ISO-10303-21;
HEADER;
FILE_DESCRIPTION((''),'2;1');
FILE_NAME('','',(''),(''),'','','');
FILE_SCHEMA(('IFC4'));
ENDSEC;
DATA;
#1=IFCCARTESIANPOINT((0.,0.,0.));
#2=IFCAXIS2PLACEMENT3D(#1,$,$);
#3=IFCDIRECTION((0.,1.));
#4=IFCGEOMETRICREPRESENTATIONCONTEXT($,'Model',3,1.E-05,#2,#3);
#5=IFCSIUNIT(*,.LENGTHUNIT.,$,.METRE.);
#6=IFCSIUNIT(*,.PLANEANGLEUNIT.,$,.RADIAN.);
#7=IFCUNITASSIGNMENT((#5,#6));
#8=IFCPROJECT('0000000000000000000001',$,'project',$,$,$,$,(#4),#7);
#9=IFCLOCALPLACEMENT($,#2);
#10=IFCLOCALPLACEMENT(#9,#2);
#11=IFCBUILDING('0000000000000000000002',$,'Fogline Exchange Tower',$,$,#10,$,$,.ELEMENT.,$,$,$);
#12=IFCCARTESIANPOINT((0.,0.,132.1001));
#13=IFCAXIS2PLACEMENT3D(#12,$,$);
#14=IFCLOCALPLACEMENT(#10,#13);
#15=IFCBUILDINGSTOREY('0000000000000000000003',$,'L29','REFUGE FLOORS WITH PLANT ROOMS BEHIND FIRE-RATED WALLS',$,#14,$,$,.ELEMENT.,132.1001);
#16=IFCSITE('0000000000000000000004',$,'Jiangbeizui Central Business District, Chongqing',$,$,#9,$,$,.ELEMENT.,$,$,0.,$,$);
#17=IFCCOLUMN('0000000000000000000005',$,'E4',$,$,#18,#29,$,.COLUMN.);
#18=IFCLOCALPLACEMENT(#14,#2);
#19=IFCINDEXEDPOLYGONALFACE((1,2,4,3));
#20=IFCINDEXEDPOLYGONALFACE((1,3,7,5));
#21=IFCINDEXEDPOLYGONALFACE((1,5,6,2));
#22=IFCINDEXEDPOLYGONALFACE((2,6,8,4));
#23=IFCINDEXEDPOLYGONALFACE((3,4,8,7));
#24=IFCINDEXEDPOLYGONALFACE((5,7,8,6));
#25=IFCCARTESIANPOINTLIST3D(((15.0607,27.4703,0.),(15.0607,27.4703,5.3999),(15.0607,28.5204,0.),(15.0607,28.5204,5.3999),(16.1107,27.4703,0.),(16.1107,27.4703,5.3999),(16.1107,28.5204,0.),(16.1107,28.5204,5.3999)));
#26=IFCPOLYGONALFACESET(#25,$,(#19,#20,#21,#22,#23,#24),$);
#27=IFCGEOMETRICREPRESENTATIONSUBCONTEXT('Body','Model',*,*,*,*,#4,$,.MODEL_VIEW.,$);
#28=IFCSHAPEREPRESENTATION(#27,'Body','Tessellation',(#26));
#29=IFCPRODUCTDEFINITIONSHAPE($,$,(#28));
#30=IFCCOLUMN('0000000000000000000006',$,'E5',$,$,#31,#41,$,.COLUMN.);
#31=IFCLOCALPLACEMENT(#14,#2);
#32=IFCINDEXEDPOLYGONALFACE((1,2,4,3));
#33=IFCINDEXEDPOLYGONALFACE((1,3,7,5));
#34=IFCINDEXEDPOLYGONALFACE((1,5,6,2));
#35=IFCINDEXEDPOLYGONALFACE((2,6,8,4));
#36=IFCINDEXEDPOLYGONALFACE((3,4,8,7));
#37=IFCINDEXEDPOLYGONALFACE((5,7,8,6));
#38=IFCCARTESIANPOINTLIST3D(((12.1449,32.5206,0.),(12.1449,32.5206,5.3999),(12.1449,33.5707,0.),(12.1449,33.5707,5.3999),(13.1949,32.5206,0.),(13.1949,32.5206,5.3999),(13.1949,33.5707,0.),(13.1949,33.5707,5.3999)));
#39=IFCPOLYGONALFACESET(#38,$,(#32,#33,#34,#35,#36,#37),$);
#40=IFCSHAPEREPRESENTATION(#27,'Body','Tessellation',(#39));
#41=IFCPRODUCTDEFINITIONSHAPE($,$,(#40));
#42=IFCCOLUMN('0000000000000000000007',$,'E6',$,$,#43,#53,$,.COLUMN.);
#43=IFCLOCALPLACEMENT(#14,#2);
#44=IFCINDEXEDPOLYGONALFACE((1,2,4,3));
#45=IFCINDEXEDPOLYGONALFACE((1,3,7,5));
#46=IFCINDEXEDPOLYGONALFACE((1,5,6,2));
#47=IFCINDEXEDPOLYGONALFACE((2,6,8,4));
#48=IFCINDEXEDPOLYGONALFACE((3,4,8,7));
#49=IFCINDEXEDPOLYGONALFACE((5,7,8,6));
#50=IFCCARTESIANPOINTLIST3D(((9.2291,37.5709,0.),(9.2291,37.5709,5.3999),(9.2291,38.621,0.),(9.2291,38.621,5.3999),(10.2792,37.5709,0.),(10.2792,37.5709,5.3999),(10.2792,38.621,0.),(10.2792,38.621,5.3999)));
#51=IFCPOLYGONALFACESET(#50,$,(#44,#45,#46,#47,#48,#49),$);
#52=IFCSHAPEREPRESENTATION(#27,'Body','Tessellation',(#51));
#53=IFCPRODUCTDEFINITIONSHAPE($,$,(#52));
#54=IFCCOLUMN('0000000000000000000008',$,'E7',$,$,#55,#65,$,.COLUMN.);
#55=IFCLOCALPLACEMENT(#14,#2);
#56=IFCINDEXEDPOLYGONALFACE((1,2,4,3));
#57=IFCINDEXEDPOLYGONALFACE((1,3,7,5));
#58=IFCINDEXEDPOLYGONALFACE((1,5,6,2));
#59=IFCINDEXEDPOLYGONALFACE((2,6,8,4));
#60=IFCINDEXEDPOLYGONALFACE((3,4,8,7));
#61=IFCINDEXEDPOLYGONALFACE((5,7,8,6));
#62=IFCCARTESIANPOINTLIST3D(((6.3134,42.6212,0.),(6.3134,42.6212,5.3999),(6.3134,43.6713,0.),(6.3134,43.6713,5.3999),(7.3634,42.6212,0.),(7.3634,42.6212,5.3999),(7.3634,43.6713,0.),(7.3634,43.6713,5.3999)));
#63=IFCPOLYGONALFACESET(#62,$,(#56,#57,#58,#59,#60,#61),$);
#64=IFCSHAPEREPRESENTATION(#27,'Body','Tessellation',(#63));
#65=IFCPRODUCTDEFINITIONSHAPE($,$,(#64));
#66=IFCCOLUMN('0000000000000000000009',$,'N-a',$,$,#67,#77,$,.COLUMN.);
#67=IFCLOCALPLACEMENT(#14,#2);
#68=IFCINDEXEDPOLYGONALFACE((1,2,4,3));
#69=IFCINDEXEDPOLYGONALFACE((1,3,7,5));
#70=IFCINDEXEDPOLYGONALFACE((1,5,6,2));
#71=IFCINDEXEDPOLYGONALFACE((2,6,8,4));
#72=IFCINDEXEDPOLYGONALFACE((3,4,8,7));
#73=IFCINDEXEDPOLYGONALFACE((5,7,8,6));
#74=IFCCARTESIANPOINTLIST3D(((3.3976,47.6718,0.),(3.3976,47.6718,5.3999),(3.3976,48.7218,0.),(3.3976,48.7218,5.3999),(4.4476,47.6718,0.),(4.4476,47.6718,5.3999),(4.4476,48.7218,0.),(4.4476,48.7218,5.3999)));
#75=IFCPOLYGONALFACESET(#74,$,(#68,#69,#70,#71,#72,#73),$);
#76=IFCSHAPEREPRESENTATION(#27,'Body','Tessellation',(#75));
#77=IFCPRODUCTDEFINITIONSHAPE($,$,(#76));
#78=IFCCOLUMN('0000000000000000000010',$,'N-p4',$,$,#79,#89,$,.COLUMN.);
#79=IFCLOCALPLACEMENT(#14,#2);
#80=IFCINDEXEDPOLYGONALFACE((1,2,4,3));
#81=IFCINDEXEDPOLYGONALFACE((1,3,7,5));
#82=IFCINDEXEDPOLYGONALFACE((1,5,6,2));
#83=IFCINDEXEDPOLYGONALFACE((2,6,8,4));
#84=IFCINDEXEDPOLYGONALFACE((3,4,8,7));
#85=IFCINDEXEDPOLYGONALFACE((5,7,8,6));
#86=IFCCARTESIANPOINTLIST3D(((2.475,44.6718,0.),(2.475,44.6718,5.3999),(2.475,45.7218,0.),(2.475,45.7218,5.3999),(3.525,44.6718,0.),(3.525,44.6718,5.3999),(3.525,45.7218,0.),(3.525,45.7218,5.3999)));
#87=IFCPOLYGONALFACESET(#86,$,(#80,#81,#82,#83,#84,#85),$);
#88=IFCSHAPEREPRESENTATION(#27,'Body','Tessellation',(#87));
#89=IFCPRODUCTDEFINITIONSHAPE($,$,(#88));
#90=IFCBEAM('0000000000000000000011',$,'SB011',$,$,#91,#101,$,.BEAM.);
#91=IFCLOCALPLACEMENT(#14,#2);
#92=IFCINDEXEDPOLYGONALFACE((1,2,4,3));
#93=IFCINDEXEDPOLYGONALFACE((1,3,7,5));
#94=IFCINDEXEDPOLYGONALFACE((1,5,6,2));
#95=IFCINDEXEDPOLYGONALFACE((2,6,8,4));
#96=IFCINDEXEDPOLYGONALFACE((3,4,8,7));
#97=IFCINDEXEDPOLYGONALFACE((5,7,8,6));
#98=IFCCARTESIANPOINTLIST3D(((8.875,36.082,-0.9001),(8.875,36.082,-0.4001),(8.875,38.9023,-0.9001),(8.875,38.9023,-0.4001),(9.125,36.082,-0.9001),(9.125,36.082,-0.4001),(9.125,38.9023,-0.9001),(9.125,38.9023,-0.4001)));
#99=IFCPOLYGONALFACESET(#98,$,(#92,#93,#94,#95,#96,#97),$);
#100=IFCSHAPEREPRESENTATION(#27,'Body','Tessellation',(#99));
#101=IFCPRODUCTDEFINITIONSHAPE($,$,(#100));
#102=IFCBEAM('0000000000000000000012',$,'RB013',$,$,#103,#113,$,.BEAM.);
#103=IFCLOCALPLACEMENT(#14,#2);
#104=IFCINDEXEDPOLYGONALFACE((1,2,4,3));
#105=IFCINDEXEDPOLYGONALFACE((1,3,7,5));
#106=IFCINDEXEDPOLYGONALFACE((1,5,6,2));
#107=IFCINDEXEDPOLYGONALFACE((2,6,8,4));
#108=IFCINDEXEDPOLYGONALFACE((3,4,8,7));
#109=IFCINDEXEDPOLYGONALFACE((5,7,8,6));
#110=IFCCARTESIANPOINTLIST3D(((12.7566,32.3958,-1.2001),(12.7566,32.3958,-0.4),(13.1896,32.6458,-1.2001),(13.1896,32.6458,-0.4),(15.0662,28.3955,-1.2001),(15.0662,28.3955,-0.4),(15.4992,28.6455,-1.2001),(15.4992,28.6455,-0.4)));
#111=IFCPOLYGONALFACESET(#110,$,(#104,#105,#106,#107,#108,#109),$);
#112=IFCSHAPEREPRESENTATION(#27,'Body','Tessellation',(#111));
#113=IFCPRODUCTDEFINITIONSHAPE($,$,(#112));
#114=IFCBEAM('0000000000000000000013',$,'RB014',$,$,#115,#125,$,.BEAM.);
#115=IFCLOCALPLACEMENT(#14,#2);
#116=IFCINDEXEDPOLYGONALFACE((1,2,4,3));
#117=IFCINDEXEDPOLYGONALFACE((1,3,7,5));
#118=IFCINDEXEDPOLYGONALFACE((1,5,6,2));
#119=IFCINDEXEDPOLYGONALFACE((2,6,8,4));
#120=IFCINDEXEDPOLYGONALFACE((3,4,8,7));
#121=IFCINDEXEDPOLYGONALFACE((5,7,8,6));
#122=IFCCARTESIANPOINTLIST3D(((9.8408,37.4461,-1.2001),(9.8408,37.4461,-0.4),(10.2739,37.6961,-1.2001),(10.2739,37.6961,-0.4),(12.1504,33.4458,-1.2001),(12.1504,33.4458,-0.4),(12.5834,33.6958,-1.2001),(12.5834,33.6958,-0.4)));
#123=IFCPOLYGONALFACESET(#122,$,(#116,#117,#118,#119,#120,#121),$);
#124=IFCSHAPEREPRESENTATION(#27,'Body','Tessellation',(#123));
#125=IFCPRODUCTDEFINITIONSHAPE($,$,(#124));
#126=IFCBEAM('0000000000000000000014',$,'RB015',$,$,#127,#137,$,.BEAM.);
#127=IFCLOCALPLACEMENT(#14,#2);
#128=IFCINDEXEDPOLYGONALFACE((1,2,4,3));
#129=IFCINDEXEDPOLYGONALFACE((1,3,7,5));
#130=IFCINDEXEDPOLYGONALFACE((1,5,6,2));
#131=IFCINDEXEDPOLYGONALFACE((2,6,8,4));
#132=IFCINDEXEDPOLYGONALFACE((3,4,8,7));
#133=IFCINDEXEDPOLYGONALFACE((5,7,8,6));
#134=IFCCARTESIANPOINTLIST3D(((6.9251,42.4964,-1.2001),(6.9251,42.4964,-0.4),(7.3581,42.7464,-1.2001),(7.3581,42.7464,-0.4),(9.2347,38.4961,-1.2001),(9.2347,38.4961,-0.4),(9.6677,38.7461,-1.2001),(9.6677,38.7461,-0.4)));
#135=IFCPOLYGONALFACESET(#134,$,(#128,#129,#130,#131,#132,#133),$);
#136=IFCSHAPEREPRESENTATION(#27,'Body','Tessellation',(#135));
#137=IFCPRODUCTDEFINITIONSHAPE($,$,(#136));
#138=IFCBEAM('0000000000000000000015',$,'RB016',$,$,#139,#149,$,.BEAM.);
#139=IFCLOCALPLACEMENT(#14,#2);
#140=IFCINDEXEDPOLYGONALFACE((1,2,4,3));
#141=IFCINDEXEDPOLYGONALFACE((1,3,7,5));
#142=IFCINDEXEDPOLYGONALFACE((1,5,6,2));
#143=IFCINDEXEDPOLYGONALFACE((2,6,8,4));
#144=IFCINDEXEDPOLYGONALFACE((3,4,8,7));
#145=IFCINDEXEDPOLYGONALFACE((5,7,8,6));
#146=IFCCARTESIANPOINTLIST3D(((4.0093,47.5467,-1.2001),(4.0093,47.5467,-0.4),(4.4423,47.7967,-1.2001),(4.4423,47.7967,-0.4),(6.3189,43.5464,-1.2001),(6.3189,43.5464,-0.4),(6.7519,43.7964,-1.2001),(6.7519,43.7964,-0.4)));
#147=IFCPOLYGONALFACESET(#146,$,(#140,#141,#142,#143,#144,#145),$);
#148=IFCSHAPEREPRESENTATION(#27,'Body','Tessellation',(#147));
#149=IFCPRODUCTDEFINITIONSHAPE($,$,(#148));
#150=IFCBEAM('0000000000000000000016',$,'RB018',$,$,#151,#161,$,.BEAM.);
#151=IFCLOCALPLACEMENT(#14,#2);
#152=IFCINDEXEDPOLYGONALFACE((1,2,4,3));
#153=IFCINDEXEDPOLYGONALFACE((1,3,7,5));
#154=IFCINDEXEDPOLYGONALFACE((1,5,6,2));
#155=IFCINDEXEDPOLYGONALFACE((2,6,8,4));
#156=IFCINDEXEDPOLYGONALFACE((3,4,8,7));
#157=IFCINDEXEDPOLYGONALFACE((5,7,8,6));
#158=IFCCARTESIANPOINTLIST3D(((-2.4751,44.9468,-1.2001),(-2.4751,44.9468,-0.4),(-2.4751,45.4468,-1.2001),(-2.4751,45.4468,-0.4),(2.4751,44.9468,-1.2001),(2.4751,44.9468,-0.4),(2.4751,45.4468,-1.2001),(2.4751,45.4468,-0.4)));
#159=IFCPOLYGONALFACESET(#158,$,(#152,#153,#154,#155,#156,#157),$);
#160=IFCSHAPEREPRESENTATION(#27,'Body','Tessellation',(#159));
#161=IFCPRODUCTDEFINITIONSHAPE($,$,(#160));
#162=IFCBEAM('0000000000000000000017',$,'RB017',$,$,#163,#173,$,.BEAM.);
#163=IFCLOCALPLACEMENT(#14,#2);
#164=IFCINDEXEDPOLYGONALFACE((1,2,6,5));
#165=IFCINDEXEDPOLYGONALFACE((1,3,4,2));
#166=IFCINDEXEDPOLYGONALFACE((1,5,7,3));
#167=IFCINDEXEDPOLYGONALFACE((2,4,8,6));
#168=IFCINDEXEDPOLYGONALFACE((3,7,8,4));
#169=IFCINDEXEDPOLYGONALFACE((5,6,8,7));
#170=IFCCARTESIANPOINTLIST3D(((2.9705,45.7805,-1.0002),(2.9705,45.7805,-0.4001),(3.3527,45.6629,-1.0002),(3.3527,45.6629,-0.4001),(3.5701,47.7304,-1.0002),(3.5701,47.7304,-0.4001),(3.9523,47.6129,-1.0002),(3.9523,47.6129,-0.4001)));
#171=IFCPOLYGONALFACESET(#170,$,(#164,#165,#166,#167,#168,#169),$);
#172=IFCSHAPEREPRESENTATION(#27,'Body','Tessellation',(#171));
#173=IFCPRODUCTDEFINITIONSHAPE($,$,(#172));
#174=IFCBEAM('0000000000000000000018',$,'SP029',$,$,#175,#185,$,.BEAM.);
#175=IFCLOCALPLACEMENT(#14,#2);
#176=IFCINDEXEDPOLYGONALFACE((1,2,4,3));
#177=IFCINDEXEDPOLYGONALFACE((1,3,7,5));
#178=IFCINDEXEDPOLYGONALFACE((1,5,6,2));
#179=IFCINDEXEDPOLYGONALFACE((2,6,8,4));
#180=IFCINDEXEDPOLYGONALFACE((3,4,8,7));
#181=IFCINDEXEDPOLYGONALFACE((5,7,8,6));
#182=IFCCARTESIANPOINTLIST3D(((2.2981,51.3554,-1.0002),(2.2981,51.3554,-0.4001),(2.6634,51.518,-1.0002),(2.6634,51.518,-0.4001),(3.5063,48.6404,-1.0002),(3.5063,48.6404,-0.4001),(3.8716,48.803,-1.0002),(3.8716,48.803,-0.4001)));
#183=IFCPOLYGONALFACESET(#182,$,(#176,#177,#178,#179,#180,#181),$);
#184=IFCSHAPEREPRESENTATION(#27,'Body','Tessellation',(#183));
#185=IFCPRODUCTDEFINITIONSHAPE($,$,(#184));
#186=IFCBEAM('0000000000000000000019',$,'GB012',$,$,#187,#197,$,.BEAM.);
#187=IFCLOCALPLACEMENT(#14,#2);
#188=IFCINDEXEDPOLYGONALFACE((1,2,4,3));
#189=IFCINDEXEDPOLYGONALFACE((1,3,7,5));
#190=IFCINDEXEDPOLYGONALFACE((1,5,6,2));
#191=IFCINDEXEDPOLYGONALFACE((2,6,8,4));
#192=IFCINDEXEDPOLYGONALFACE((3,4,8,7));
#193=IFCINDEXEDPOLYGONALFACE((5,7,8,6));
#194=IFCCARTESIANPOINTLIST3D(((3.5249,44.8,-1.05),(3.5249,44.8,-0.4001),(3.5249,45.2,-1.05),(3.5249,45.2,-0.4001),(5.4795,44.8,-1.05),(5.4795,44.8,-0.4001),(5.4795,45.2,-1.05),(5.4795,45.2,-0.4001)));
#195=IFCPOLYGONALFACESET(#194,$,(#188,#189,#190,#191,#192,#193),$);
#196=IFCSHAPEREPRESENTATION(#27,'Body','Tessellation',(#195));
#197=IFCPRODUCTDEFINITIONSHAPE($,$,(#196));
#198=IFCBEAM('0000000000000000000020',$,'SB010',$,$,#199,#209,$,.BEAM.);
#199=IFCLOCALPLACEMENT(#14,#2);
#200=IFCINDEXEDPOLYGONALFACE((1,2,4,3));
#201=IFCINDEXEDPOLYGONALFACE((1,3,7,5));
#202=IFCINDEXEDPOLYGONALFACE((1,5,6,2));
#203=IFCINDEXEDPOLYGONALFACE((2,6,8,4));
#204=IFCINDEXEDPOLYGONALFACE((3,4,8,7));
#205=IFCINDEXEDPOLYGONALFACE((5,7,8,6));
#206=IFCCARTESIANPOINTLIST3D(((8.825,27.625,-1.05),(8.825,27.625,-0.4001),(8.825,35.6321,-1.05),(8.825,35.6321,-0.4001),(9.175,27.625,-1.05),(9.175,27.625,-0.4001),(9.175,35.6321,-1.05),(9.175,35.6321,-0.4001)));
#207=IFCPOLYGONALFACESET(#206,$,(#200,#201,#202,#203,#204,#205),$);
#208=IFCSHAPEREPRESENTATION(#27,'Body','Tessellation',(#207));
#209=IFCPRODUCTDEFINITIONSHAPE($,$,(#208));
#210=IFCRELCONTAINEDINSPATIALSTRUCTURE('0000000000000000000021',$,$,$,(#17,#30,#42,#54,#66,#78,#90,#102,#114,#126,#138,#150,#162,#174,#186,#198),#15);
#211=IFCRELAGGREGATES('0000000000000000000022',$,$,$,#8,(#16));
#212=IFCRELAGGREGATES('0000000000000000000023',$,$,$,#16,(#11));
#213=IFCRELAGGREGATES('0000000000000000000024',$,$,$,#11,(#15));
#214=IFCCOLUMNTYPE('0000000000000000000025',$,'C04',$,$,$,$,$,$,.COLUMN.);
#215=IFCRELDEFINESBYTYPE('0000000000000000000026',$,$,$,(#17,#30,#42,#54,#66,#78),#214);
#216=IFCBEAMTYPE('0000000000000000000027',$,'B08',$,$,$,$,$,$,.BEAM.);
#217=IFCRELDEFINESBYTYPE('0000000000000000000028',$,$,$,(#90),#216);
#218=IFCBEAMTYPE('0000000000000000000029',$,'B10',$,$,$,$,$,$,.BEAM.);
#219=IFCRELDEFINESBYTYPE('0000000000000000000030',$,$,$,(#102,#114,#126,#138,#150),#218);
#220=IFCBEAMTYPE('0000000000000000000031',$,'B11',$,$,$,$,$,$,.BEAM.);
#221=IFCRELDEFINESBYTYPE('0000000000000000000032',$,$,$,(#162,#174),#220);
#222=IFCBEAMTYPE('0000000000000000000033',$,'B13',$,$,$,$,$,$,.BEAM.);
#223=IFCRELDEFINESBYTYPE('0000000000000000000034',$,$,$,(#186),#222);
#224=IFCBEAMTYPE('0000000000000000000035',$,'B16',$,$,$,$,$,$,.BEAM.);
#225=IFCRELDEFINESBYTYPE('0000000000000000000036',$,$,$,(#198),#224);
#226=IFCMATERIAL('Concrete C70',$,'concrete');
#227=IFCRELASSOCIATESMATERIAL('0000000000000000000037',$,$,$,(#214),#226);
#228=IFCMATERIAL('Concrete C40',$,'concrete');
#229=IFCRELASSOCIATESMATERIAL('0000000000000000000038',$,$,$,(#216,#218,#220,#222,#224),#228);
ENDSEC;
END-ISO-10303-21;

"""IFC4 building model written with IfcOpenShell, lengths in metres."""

from ifc_helpers import new_model, si_unit, direction, frame, origin, origin_2d, place, context, subcontext, project, spatial, rectangle, extrude, material, material_profile, profile_set, type_object, element, save


model = new_model("IFC4")

# Units and contexts
model_context = context("Model", 3, precision=1e-05, world=origin(), true_north=direction((0.0, 1.0)))
body_context = subcontext(model_context, "Body", "Model", "MODEL_VIEW")
ifc_project = project(units=[si_unit("LENGTHUNIT", "METRE"), si_unit("PLANEANGLEUNIT", "RADIAN")], contexts=[model_context])

# Site, building, storey
site_placement = place(None, origin())
site = spatial("IfcSite", under=ifc_project, at=site_placement, Name="Jiangbeizui Central Business District, Chongqing", CompositionType="ELEMENT", RefElevation=0.0)
building_placement = place(site_placement, origin())
building = spatial("IfcBuilding", under=site, at=building_placement, Name="Fogline Exchange Tower", CompositionType="ELEMENT")
storey_placement = place(building_placement, frame((0.0, 0.0, 132.1001)))
storey = spatial("IfcBuildingStorey", under=building, at=storey_placement, Name="L29", Description="REFUGE FLOORS WITH PLANT ROOMS BEHIND FIRE-RATED WALLS", CompositionType="ELEMENT", Elevation=132.1001)

# Columns
ifc_material_1 = material(Name="Concrete C70", Category="concrete")
ifc_material_profile_1 = material_profile(ifc_material_1, rectangle(XDim=1.05, YDim=1.05, at=origin_2d()), Name="RC 1050x1050")
ifc_profile_set_1 = profile_set([ifc_material_profile_1], Name="Concrete C70")
column_type = type_object("IfcColumnType", Name="C04", PredefinedType="COLUMN", material=ifc_profile_set_1)
for number, where, z_axis, x_axis, name in (
    (1, (15.5857, 27.9954, 0.0), (0.0, 0.0, 1.0), (1.0, 0.0, 0.0), "E4"),
    (2, (12.6699, 33.0457, 0.0), (0.0, 0.0, 1.0), (1.0, 0.0, 0.0), "E5"),
    (3, (9.7542, 38.0959, 0.0), (0.0, 0.0, 1.0), (1.0, 0.0, 0.0), "E6"),
    (4, (6.8384, 43.1462, 0.0), (0.0, 0.0, 1.0), (1.0, 0.0, 0.0), "E7"),
    (5, (3.9226, 48.1968, 0.0), (0.0, 0.0, 1.0), (1.0, 0.0, 0.0), "N-a"),
    (6, (3.0, 45.1968, 0.0), (0.0, 0.0, 1.0), (1.0, 0.0, 0.0), "N-p4"),
):
    element("IfcColumn", number, at=place(storey_placement, frame(where, z_axis=z_axis, x_axis=x_axis)), inside=storey, type_object=column_type, Name=name, PredefinedType="COLUMN", context=body_context, shape_type="SweptSolid", body=[
        extrude(rectangle(XDim=1.05, YDim=1.05, at=origin_2d()), origin(), (0.0, 0.0, 1.0), 5.3999),
    ])

# Beams
ifc_material_2 = material(Name="Concrete C40", Category="concrete")
ifc_material_profile_2 = material_profile(ifc_material_2, rectangle(XDim=0.25, YDim=0.5, at=origin_2d()), Name="RC 250x500")
ifc_profile_set_2 = profile_set([ifc_material_profile_2], Name="Concrete C40")
beam_type_1 = type_object("IfcBeamType", Name="B08", PredefinedType="BEAM", material=ifc_profile_set_2)
beam_1_placement = place(storey_placement, frame((9.0, 36.082, -0.6501), z_axis=(0.0, 1.0, 0.0), x_axis=(-1.0, 0.0, 0.0)))
element("IfcBeam", 7, at=beam_1_placement, inside=storey, type_object=beam_type_1, Name="SB011", PredefinedType="BEAM", context=body_context, shape_type="SweptSolid", body=[
    extrude(rectangle(XDim=0.25, YDim=0.5, at=origin_2d()), origin(), (0.0, 0.0, 1.0), 2.8203),
])
ifc_material_profile_3 = material_profile(ifc_material_2, rectangle(XDim=0.5, YDim=0.8, at=origin_2d()), Name="RC 500x800")
ifc_profile_set_3 = profile_set([ifc_material_profile_3], Name="Concrete C40")
beam_type_2 = type_object("IfcBeamType", Name="B10", PredefinedType="BEAM", material=ifc_profile_set_3)
for number, where, z_axis, x_axis, name in (
    (8, (15.2827, 28.5205, -0.8), (-0.500005, 0.866023, 0.0), (-0.866023, -0.500005, 0.0), "RB013"),
    (9, (12.3669, 33.5708, -0.8), (-0.500005, 0.866023, 0.0), (-0.866023, -0.500005, 0.0), "RB014"),
    (10, (9.4512, 38.6211, -0.8), (-0.500005, 0.866023, 0.0), (-0.866023, -0.500005, 0.0), "RB015"),
    (11, (6.5354, 43.6714, -0.8), (-0.500005, 0.866023, 0.0), (-0.866023, -0.500005, 0.0), "RB016"),
):
    element("IfcBeam", number, at=place(storey_placement, frame(where, z_axis=z_axis, x_axis=x_axis)), inside=storey, type_object=beam_type_2, Name=name, PredefinedType="BEAM", context=body_context, shape_type="SweptSolid", body=[
        extrude(rectangle(XDim=0.5, YDim=0.8, at=origin_2d()), origin(), (0.0, 0.0, 1.0), 4.6191),
    ])
beam_2_placement = place(storey_placement, frame((2.4751, 45.1968, -0.8), z_axis=(-1.0, 0.0, 0.0), x_axis=(0.0, -1.0, 0.0)))
element("IfcBeam", 12, at=beam_2_placement, inside=storey, type_object=beam_type_2, Name="RB018", PredefinedType="BEAM", context=body_context, shape_type="SweptSolid", body=[
    extrude(rectangle(XDim=0.5, YDim=0.8, at=origin_2d()), origin(), (0.0, 0.0, 1.0), 4.9502),
])
ifc_material_profile_4 = material_profile(ifc_material_2, rectangle(XDim=0.3999, YDim=0.6001, at=origin_2d()), Name="RC 400x600")
ifc_profile_set_4 = profile_set([ifc_material_profile_4], Name="Concrete C40")
beam_type_3 = type_object("IfcBeamType", Name="B11", PredefinedType="BEAM", material=ifc_profile_set_4)
beam_3_placement = place(storey_placement, frame((3.7612, 47.6716, -0.7002), z_axis=(-0.293918, -0.955831, 0.0), x_axis=(0.955831, -0.293918, 0.0)))
element("IfcBeam", 13, at=beam_3_placement, inside=storey, type_object=beam_type_3, Name="RB017", PredefinedType="BEAM", context=body_context, shape_type="SweptSolid", body=[
    extrude(rectangle(XDim=0.3999, YDim=0.6001, at=origin_2d()), origin(), (0.0, 0.0, 1.0), 2.04),
])
beam_4_placement = place(storey_placement, frame((3.689, 48.7217, -0.7002), z_axis=(-0.406573, 0.913618, 0.0), x_axis=(-0.913618, -0.406573, 0.0)))
element("IfcBeam", 14, at=beam_4_placement, inside=storey, type_object=beam_type_3, Name="SP029", PredefinedType="BEAM", context=body_context, shape_type="SweptSolid", body=[
    extrude(rectangle(XDim=0.3999, YDim=0.6001, at=origin_2d()), origin(), (0.0, 0.0, 1.0), 2.9717),
])
ifc_material_profile_5 = material_profile(ifc_material_2, rectangle(XDim=0.3999, YDim=0.6499, at=origin_2d()), Name="RC 400x650")
ifc_profile_set_5 = profile_set([ifc_material_profile_5], Name="Concrete C40")
beam_type_4 = type_object("IfcBeamType", Name="B13", PredefinedType="BEAM", material=ifc_profile_set_5)
beam_5_placement = place(storey_placement, frame((3.5249, 45.0, -0.7251), z_axis=(1.0, 0.0, 0.0), x_axis=(0.0, 1.0, 0.0)))
element("IfcBeam", 15, at=beam_5_placement, inside=storey, type_object=beam_type_4, Name="GB012", PredefinedType="BEAM", context=body_context, shape_type="SweptSolid", body=[
    extrude(rectangle(XDim=0.3999, YDim=0.6499, at=origin_2d()), origin(), (0.0, 0.0, 1.0), 1.9546),
])
ifc_material_profile_6 = material_profile(ifc_material_2, rectangle(XDim=0.3501, YDim=0.6499, at=origin_2d()), Name="RC 350x650")
ifc_profile_set_6 = profile_set([ifc_material_profile_6], Name="Concrete C40")
beam_type_5 = type_object("IfcBeamType", Name="B16", PredefinedType="BEAM", material=ifc_profile_set_6)
beam_6_placement = place(storey_placement, frame((9.0, 27.625, -0.7251), z_axis=(0.0, 1.0, 0.0), x_axis=(-1.0, 0.0, 0.0)))
element("IfcBeam", 16, at=beam_6_placement, inside=storey, type_object=beam_type_5, Name="SB010", PredefinedType="BEAM", context=body_context, shape_type="SweptSolid", body=[
    extrude(rectangle(XDim=0.3501, YDim=0.6499, at=origin_2d()), origin(), (0.0, 0.0, 1.0), 8.0071),
])

save(model, "model.ifc")
